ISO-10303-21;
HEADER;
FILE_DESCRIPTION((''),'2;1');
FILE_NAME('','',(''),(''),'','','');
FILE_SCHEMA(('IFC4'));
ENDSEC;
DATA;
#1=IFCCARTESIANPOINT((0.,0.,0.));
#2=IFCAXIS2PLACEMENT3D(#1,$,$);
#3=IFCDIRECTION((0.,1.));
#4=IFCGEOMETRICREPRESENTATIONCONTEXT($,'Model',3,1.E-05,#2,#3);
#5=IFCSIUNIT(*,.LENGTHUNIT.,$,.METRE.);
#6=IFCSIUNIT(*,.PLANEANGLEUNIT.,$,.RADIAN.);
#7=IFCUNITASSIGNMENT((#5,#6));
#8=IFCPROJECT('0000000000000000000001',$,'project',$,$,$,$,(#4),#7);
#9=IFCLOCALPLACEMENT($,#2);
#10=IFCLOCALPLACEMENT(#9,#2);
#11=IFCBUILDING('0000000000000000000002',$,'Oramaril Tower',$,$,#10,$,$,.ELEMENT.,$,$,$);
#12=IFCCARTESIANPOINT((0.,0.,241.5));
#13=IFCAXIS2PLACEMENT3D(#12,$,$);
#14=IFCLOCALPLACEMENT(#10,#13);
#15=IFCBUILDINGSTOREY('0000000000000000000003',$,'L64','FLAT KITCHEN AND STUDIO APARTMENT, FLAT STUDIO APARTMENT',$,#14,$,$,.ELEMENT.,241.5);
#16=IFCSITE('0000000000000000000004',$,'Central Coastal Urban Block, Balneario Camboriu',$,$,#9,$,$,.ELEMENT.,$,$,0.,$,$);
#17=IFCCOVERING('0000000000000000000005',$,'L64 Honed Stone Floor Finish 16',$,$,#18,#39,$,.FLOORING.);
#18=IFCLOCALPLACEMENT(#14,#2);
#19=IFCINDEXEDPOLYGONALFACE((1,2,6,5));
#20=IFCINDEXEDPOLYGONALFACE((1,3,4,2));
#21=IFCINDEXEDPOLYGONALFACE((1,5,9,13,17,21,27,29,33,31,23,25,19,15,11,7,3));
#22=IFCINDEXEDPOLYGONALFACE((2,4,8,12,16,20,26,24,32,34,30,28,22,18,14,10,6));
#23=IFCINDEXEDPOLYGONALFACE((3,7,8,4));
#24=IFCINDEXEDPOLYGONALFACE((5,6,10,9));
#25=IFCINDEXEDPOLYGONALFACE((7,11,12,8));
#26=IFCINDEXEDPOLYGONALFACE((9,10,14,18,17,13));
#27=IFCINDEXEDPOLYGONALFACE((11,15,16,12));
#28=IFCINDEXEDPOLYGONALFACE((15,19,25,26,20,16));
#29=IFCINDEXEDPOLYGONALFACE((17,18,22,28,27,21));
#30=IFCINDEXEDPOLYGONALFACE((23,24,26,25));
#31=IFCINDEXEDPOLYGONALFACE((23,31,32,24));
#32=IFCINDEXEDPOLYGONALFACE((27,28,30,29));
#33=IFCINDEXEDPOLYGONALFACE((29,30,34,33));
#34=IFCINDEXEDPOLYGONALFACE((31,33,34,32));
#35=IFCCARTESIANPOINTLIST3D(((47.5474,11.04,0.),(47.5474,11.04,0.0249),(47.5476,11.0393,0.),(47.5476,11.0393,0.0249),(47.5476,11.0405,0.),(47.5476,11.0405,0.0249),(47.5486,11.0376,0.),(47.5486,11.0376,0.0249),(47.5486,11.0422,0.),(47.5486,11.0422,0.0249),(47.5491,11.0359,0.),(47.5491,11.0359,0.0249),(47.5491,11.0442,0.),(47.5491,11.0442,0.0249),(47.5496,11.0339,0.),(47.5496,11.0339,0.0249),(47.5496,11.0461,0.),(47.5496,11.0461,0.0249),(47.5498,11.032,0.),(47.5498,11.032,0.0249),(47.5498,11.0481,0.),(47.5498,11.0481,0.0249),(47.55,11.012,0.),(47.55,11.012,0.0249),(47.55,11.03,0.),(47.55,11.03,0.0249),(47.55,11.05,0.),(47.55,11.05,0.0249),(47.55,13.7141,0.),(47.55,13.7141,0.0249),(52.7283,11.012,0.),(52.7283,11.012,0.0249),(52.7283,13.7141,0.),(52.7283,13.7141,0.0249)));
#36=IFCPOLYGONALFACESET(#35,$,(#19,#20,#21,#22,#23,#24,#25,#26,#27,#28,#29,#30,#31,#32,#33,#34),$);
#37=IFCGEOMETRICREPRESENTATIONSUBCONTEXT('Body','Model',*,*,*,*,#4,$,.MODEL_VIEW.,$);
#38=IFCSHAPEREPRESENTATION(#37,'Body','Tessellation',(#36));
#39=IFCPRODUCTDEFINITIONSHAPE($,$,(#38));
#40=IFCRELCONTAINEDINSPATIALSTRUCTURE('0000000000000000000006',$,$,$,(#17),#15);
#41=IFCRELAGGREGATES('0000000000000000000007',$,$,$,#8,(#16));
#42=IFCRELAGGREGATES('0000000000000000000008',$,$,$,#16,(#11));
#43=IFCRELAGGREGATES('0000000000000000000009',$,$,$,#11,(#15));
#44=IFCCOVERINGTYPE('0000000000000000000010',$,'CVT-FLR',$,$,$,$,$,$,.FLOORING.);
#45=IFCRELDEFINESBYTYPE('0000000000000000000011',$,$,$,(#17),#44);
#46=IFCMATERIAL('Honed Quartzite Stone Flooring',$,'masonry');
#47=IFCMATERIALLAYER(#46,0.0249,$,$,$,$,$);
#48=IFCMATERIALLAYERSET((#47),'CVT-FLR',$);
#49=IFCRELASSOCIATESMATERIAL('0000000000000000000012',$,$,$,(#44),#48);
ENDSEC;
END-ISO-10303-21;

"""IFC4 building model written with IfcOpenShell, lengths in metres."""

from ifc_helpers import new_model, si_unit, direction, frame, origin, place, context, subcontext, project, spatial, polyline, outline, extrude, material, layer, layer_set, type_object, element, save


model = new_model("IFC4")

# Units and contexts
model_context = context("Model", 3, precision=1e-05, world=origin(), true_north=direction((0.0, 1.0)))
body_context = subcontext(model_context, "Body", "Model", "MODEL_VIEW")
ifc_project = project(units=[si_unit("LENGTHUNIT", "METRE"), si_unit("PLANEANGLEUNIT", "RADIAN")], contexts=[model_context])

# Site, building, storey
site_placement = place(None, origin())
site = spatial("IfcSite", under=ifc_project, at=site_placement, Name="Central Coastal Urban Block, Balneario Camboriu", CompositionType="ELEMENT", RefElevation=0.0)
building_placement = place(site_placement, origin())
building = spatial("IfcBuilding", under=site, at=building_placement, Name="Oramaril Tower", CompositionType="ELEMENT")
storey_placement = place(building_placement, frame((0.0, 0.0, 241.5)))
storey = spatial("IfcBuildingStorey", under=building, at=storey_placement, Name="L64", Description="FLAT KITCHEN AND STUDIO APARTMENT, FLAT STUDIO APARTMENT", CompositionType="ELEMENT", Elevation=241.5)

# Covering
ifc_material_1 = material(Name="Honed Quartzite Stone Flooring", Category="masonry")
ifc_layer_1 = layer(ifc_material_1, 0.0249)
ifc_layer_set_1 = layer_set([ifc_layer_1], Name="CVT-FLR")
covering_type_1 = type_object("IfcCoveringType", Name="CVT-FLR", PredefinedType="FLOORING", material=ifc_layer_set_1)
covering_1_placement = place(storey_placement, origin())
element("IfcCovering", 1, at=covering_1_placement, inside=storey, type_object=covering_type_1, Name="L64 Honed Stone Floor Finish 16", PredefinedType="FLOORING", context=body_context, shape_type="SweptSolid", body=[
    extrude(outline(polyline([(52.7283, 11.012), (47.55, 11.012), (47.55, 11.03), (47.5498, 11.032), (47.5496, 11.0339), (47.5491, 11.0359), (47.5486, 11.0376), (47.5476, 11.0393), (47.5474, 11.04), (47.5476, 11.0405), (47.5486, 11.0422), (47.5491, 11.0442), (47.5496, 11.0461), (47.5498, 11.0481), (47.55, 11.05), (47.55, 13.7141), (52.7283, 13.7141), (52.7283, 11.012)])), origin(), (0.0, 0.0, 1.0), 0.0249),
])

save(model, "model.ifc")
